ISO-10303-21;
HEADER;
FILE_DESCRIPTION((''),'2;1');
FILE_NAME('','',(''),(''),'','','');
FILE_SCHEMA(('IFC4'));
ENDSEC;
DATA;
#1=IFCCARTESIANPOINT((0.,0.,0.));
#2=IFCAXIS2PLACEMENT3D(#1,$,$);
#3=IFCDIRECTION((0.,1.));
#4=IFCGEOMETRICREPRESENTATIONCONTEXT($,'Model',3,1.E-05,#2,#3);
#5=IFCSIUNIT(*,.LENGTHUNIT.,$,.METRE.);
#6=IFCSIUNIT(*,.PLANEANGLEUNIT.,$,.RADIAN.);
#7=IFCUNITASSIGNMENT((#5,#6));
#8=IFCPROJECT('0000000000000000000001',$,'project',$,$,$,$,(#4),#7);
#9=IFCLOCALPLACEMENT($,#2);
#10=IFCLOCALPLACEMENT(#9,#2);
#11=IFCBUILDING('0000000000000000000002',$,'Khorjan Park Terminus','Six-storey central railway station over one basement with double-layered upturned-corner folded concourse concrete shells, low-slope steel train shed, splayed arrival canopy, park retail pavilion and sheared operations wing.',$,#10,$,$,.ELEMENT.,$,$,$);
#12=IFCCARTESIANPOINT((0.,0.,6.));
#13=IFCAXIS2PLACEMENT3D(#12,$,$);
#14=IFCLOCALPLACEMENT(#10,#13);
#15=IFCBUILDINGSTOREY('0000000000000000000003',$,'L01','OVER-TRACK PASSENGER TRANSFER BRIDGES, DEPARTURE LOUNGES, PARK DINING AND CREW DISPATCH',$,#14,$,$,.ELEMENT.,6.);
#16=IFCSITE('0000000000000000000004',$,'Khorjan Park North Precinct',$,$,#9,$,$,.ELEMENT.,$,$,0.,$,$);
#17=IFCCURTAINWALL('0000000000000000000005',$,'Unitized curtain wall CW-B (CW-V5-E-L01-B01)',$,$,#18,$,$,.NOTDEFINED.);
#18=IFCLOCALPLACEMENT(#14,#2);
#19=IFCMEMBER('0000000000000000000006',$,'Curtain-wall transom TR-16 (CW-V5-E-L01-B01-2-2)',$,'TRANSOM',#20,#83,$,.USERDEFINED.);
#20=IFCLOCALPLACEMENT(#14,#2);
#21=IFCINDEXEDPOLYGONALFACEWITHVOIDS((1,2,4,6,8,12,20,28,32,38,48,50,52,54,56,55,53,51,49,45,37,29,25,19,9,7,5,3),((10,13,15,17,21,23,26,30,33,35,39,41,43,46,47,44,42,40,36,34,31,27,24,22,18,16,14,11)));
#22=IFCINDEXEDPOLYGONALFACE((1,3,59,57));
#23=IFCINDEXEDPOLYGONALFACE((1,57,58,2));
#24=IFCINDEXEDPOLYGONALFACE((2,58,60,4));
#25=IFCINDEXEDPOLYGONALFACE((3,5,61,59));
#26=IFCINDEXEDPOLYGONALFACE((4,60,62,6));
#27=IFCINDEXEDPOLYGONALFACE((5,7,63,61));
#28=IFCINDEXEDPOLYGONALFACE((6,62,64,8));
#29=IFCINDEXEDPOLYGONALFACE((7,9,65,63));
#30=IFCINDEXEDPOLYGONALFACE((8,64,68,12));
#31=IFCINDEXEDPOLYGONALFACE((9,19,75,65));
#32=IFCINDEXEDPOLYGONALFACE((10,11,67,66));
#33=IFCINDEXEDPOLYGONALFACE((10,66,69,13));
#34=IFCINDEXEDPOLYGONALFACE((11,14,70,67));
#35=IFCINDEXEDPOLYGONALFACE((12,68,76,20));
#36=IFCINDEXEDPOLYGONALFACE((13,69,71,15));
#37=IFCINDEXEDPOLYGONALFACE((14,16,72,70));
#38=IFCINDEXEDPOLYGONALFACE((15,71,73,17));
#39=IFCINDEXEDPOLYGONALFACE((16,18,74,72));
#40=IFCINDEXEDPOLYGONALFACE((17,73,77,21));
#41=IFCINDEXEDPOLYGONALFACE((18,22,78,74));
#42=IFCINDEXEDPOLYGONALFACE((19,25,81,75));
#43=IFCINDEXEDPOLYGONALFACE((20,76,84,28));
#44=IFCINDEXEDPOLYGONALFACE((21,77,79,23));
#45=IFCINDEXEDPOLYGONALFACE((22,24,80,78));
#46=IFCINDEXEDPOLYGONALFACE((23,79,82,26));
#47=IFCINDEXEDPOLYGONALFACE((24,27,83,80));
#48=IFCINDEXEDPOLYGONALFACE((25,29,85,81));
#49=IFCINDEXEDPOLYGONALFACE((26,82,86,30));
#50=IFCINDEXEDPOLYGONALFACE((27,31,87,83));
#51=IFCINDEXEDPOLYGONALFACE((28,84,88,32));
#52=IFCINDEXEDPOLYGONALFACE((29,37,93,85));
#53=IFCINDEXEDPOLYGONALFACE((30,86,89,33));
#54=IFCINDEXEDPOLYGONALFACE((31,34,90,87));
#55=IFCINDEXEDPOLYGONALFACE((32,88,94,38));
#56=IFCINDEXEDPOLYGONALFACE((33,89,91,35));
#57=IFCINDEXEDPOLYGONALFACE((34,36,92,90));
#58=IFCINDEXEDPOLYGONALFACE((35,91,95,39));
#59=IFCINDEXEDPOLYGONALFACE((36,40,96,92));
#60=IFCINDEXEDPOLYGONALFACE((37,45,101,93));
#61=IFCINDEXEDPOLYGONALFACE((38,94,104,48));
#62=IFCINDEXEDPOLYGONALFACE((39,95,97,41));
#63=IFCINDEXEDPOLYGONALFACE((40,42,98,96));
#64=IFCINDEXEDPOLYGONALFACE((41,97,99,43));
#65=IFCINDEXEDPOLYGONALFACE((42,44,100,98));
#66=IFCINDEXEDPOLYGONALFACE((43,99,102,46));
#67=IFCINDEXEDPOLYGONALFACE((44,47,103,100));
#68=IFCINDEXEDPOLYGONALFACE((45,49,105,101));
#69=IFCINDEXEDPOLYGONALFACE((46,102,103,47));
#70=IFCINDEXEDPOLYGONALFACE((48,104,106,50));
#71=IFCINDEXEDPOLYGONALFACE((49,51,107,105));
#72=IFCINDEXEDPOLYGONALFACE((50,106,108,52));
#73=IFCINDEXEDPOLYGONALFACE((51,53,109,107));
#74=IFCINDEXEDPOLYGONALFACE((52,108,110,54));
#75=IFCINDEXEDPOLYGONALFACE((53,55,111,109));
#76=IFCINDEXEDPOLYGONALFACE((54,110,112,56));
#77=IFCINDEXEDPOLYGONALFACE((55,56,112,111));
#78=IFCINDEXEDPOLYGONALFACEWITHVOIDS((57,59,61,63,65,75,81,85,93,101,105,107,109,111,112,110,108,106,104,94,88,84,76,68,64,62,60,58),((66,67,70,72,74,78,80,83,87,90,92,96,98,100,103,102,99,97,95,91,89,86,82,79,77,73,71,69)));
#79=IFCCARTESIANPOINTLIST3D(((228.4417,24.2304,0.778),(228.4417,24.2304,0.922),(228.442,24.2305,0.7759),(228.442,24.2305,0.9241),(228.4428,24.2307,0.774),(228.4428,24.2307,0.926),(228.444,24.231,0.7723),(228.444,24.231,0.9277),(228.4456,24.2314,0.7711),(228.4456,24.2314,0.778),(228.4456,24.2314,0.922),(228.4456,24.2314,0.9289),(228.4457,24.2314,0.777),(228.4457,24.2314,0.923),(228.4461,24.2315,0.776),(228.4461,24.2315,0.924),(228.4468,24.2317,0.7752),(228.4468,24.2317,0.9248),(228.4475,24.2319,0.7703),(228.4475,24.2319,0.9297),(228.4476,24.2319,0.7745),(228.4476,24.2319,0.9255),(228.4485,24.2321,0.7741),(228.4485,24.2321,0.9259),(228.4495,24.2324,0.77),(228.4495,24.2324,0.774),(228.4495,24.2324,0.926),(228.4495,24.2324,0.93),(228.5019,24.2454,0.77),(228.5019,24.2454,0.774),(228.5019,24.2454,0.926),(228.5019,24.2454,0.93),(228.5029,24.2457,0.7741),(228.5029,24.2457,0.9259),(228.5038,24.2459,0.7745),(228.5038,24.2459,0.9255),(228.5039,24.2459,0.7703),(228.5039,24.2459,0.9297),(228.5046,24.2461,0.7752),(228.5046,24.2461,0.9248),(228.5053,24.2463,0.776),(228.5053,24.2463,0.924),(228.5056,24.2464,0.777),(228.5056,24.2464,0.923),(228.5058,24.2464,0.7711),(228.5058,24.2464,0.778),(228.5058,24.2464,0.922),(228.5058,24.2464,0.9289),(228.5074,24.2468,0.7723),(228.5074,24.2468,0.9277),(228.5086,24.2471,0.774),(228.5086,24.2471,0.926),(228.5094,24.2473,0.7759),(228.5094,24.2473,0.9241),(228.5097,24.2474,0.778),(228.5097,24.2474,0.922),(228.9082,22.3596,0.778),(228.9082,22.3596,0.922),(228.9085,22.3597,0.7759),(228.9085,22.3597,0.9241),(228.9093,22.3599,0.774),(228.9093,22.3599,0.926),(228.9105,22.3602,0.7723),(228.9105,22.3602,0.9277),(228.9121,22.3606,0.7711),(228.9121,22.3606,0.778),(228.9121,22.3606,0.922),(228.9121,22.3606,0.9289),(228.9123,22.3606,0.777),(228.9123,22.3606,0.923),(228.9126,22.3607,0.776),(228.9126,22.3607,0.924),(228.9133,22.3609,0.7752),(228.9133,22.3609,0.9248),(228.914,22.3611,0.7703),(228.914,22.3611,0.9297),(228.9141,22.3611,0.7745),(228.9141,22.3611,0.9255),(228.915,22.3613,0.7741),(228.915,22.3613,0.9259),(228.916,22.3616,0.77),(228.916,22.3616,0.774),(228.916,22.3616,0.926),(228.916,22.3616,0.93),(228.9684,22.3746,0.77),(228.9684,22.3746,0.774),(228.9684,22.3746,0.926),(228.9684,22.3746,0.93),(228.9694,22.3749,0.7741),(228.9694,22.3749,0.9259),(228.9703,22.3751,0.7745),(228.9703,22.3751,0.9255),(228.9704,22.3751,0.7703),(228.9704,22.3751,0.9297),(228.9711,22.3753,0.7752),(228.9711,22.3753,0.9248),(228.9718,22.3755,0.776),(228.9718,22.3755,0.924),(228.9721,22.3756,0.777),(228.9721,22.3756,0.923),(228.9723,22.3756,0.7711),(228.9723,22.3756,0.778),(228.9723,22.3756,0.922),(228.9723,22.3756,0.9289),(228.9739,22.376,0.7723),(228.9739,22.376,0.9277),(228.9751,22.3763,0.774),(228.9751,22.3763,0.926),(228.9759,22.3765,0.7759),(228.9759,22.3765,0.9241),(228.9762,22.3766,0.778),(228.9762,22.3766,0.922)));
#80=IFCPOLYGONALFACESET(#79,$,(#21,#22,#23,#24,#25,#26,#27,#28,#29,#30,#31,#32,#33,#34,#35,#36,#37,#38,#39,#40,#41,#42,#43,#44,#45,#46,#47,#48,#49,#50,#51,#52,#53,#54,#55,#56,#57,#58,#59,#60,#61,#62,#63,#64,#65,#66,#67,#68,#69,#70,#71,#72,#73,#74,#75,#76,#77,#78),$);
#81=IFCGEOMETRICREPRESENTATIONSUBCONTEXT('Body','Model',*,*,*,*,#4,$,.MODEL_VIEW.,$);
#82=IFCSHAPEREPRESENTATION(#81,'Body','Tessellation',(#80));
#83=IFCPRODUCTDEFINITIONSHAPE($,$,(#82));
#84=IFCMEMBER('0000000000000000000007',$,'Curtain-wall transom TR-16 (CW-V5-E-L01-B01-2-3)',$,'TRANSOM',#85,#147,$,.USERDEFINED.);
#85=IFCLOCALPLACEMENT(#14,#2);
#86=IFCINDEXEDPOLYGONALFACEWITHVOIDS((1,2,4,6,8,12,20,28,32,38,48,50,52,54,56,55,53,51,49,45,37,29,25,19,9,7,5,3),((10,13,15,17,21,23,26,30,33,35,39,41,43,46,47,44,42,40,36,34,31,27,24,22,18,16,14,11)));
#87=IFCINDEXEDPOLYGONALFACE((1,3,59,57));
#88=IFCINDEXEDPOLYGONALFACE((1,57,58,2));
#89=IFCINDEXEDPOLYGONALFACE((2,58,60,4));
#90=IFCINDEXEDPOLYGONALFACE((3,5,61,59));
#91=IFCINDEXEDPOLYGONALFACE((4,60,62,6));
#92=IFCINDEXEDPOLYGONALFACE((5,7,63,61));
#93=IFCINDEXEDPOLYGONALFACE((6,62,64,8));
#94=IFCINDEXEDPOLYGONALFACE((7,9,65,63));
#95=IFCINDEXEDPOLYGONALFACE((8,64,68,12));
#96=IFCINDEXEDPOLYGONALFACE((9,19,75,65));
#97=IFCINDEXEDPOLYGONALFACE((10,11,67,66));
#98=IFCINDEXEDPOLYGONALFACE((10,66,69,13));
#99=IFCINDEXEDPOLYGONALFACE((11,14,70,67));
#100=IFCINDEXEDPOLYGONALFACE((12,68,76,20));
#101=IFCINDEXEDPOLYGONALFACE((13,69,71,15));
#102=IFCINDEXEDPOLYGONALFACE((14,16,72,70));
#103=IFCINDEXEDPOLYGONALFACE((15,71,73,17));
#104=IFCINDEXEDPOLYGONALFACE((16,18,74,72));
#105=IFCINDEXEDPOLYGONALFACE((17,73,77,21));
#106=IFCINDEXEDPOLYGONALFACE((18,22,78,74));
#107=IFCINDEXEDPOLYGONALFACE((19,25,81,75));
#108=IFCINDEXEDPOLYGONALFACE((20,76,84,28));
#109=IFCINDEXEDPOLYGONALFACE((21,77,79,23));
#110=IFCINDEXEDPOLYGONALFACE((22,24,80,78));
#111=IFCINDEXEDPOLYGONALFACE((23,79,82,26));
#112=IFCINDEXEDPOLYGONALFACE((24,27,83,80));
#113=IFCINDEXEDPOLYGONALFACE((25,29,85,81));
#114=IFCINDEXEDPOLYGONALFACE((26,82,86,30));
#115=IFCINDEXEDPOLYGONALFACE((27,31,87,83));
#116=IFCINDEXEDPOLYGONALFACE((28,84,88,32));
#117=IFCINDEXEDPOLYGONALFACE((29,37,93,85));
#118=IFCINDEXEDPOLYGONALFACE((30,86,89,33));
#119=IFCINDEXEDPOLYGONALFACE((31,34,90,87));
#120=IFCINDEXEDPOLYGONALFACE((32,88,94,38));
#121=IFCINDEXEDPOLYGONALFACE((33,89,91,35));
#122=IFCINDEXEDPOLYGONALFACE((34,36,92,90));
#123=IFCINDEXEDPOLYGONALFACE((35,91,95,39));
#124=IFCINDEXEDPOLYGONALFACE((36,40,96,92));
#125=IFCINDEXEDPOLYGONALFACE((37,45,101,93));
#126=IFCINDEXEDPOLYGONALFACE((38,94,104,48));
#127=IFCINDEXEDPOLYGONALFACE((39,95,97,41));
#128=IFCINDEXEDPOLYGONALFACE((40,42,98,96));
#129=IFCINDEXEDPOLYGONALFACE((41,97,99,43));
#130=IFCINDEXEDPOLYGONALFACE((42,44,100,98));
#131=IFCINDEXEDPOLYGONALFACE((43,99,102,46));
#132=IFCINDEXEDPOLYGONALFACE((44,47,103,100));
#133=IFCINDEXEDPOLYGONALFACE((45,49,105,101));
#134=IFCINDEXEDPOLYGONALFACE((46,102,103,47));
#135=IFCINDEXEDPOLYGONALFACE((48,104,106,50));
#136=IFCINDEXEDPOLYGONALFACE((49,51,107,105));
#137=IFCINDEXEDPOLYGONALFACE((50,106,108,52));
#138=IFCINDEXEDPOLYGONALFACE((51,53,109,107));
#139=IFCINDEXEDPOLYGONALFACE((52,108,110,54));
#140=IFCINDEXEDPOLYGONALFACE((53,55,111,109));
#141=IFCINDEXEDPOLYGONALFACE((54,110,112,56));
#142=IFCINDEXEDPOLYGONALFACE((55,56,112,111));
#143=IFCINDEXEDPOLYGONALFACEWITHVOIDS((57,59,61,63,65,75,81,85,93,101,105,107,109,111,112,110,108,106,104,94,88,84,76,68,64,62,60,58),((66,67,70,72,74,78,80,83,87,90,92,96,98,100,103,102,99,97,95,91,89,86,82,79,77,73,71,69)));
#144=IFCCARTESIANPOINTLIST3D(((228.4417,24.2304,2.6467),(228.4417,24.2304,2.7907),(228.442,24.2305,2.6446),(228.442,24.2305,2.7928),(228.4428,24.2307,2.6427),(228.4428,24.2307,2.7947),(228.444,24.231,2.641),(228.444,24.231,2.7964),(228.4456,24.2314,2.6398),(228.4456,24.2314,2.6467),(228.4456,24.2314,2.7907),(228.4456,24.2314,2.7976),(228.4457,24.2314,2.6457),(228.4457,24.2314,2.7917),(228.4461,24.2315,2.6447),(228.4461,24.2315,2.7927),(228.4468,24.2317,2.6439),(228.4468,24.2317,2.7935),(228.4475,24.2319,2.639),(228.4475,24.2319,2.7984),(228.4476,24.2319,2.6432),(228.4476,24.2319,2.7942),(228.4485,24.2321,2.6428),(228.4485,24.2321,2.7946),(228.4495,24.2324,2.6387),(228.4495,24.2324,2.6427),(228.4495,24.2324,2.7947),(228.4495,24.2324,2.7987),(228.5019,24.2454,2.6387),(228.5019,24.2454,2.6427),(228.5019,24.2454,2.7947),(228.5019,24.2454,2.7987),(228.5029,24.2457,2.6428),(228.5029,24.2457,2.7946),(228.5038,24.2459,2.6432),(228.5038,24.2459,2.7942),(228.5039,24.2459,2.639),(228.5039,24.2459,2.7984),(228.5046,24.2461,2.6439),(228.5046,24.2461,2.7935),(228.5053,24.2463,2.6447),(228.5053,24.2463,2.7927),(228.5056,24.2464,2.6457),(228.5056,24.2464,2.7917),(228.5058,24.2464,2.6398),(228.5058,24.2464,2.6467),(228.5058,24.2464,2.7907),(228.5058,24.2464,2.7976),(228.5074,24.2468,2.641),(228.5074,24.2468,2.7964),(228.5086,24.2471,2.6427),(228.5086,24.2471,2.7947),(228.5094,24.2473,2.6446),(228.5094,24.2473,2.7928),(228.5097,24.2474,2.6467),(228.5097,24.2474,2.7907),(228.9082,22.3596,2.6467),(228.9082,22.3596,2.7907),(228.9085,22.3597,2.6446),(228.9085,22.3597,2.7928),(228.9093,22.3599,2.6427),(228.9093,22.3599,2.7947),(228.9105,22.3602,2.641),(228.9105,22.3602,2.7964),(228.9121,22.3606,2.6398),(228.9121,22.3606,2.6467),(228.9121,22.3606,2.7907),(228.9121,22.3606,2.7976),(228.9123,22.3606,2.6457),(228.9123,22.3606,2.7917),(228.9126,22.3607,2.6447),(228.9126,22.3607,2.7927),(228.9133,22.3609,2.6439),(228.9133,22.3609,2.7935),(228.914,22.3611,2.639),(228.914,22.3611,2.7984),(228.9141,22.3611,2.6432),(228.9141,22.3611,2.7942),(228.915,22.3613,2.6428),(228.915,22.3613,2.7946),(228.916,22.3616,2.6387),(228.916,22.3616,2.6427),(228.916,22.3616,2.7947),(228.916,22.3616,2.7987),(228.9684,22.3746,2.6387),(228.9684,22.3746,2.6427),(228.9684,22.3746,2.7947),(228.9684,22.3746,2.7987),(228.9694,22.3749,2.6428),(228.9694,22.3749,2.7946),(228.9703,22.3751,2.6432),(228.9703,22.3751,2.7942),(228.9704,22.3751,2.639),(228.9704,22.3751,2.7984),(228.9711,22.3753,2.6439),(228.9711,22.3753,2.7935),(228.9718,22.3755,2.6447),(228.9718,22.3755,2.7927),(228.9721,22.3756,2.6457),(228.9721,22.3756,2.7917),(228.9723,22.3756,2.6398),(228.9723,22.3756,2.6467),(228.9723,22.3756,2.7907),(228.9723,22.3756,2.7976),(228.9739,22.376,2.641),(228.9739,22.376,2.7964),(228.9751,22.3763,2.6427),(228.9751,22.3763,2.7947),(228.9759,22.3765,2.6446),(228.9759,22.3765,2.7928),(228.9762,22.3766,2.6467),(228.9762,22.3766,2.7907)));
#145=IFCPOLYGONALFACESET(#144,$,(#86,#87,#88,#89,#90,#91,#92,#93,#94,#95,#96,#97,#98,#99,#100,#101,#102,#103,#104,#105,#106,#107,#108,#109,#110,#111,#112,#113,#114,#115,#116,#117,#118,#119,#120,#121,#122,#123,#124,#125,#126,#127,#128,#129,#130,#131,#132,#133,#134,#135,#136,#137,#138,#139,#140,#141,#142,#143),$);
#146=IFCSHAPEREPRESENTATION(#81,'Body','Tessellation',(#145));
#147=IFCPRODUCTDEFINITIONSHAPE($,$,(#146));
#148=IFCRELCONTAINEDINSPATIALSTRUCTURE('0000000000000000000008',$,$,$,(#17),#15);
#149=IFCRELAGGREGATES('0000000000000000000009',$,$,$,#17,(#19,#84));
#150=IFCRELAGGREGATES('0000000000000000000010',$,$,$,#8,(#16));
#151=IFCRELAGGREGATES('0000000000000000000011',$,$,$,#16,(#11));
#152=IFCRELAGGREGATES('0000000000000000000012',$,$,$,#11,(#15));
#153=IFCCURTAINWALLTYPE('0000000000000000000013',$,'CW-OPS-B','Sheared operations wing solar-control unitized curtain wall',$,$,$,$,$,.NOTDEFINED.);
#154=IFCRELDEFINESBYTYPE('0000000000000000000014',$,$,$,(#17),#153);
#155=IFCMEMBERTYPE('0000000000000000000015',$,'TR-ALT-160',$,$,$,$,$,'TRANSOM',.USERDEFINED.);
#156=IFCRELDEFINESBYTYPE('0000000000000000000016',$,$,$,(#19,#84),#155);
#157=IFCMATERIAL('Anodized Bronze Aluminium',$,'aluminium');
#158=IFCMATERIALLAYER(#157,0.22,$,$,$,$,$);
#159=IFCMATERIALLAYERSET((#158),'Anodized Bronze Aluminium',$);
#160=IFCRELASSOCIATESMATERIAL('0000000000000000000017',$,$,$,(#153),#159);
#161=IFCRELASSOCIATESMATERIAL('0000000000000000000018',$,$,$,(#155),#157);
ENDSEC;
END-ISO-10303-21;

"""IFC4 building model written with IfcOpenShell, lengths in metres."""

from ifc_helpers import new_model, si_unit, direction, frame, origin, origin_2d, place, context, subcontext, project, spatial, hollow_rectangle, extrude, material, layer, layer_set, material_profile, profile_set, type_object, element, aggregate, save


model = new_model("IFC4")

# Units and contexts
model_context = context("Model", 3, precision=1e-05, world=origin(), true_north=direction((0.0, 1.0)))
body_context = subcontext(model_context, "Body", "Model", "MODEL_VIEW")
ifc_project = project(units=[si_unit("LENGTHUNIT", "METRE"), si_unit("PLANEANGLEUNIT", "RADIAN")], contexts=[model_context])

# Site, building, storey
site_placement = place(None, origin())
site = spatial("IfcSite", under=ifc_project, at=site_placement, Name="Khorjan Park North Precinct", CompositionType="ELEMENT", RefElevation=0.0)
building_placement = place(site_placement, origin())
building = spatial("IfcBuilding", under=site, at=building_placement, Name="Khorjan Park Terminus", Description="Six-storey central railway station over one basement with double-layered upturned-corner folded concourse concrete shells, low-slope steel train shed, splayed arrival canopy, park retail pavilion and sheared operations wing.", CompositionType="ELEMENT")
storey_placement = place(building_placement, frame((0.0, 0.0, 6.0)))
storey = spatial("IfcBuildingStorey", under=building, at=storey_placement, Name="L01", Description="OVER-TRACK PASSENGER TRANSFER BRIDGES, DEPARTURE LOUNGES, PARK DINING AND CREW DISPATCH", CompositionType="ELEMENT", Elevation=6.0)

# Curtain wall, members
ifc_material_1 = material(Name="Anodized Bronze Aluminium", Category="aluminium")
ifc_layer_1 = layer(ifc_material_1, 0.22)
ifc_layer_set_1 = layer_set([ifc_layer_1], Name="Anodized Bronze Aluminium")
curtain_wall_type = type_object("IfcCurtainWallType", Name="CW-OPS-B", Description="Sheared operations wing solar-control unitized curtain wall", PredefinedType="NOTDEFINED", material=ifc_layer_set_1)
curtain_wall_placement = place(storey_placement, origin())
curtain_wall = element("IfcCurtainWall", 1, at=curtain_wall_placement, inside=storey, type_object=curtain_wall_type, Name="Unitized curtain wall CW-B (CW-V5-E-L01-B01)", PredefinedType="NOTDEFINED")
ifc_material_profile_1 = material_profile(ifc_material_1, hollow_rectangle(XDim=0.07, YDim=0.16, WallThickness=0.004, InnerFilletRadius=0.004, OuterFilletRadius=0.008, at=origin_2d()), Name="ALT 70x160x4")
ifc_profile_set_1 = profile_set([ifc_material_profile_1], Name="Anodized Bronze Aluminium")
member_type_1 = type_object("IfcMemberType", Name="TR-ALT-160", ElementType="TRANSOM", PredefinedType="USERDEFINED", material=ifc_profile_set_1)
member_1_placement = place(storey_placement, frame((228.9422, 22.3681, 0.85), z_axis=(-0.24195, 0.970289, 0.0), x_axis=(-0.970289, -0.24195, 0.0)))
member_1 = element("IfcMember", 2, at=member_1_placement, type_object=member_type_1, Name="Curtain-wall transom TR-16 (CW-V5-E-L01-B01-2-2)", ObjectType="TRANSOM", PredefinedType="USERDEFINED", context=body_context, shape_type="SweptSolid", body=[
    extrude(hollow_rectangle(XDim=0.07, YDim=0.16, WallThickness=0.004, InnerFilletRadius=0.004, OuterFilletRadius=0.008, at=origin_2d()), origin(), (0.0, 0.0, 1.0), 1.9281),
])
member_2_placement = place(storey_placement, frame((228.9422, 22.3681, 2.7187), z_axis=(-0.24195, 0.970289, 0.0), x_axis=(-0.970289, -0.24195, 0.0)))
member_2 = element("IfcMember", 3, at=member_2_placement, type_object=member_type_1, Name="Curtain-wall transom TR-16 (CW-V5-E-L01-B01-2-3)", ObjectType="TRANSOM", PredefinedType="USERDEFINED", context=body_context, shape_type="SweptSolid", body=[
    extrude(hollow_rectangle(XDim=0.07, YDim=0.16, WallThickness=0.004, InnerFilletRadius=0.004, OuterFilletRadius=0.008, at=origin_2d()), origin(), (0.0, 0.0, 1.0), 1.9281),
])
aggregate(curtain_wall, [member_1, member_2])

save(model, "model.ifc")
